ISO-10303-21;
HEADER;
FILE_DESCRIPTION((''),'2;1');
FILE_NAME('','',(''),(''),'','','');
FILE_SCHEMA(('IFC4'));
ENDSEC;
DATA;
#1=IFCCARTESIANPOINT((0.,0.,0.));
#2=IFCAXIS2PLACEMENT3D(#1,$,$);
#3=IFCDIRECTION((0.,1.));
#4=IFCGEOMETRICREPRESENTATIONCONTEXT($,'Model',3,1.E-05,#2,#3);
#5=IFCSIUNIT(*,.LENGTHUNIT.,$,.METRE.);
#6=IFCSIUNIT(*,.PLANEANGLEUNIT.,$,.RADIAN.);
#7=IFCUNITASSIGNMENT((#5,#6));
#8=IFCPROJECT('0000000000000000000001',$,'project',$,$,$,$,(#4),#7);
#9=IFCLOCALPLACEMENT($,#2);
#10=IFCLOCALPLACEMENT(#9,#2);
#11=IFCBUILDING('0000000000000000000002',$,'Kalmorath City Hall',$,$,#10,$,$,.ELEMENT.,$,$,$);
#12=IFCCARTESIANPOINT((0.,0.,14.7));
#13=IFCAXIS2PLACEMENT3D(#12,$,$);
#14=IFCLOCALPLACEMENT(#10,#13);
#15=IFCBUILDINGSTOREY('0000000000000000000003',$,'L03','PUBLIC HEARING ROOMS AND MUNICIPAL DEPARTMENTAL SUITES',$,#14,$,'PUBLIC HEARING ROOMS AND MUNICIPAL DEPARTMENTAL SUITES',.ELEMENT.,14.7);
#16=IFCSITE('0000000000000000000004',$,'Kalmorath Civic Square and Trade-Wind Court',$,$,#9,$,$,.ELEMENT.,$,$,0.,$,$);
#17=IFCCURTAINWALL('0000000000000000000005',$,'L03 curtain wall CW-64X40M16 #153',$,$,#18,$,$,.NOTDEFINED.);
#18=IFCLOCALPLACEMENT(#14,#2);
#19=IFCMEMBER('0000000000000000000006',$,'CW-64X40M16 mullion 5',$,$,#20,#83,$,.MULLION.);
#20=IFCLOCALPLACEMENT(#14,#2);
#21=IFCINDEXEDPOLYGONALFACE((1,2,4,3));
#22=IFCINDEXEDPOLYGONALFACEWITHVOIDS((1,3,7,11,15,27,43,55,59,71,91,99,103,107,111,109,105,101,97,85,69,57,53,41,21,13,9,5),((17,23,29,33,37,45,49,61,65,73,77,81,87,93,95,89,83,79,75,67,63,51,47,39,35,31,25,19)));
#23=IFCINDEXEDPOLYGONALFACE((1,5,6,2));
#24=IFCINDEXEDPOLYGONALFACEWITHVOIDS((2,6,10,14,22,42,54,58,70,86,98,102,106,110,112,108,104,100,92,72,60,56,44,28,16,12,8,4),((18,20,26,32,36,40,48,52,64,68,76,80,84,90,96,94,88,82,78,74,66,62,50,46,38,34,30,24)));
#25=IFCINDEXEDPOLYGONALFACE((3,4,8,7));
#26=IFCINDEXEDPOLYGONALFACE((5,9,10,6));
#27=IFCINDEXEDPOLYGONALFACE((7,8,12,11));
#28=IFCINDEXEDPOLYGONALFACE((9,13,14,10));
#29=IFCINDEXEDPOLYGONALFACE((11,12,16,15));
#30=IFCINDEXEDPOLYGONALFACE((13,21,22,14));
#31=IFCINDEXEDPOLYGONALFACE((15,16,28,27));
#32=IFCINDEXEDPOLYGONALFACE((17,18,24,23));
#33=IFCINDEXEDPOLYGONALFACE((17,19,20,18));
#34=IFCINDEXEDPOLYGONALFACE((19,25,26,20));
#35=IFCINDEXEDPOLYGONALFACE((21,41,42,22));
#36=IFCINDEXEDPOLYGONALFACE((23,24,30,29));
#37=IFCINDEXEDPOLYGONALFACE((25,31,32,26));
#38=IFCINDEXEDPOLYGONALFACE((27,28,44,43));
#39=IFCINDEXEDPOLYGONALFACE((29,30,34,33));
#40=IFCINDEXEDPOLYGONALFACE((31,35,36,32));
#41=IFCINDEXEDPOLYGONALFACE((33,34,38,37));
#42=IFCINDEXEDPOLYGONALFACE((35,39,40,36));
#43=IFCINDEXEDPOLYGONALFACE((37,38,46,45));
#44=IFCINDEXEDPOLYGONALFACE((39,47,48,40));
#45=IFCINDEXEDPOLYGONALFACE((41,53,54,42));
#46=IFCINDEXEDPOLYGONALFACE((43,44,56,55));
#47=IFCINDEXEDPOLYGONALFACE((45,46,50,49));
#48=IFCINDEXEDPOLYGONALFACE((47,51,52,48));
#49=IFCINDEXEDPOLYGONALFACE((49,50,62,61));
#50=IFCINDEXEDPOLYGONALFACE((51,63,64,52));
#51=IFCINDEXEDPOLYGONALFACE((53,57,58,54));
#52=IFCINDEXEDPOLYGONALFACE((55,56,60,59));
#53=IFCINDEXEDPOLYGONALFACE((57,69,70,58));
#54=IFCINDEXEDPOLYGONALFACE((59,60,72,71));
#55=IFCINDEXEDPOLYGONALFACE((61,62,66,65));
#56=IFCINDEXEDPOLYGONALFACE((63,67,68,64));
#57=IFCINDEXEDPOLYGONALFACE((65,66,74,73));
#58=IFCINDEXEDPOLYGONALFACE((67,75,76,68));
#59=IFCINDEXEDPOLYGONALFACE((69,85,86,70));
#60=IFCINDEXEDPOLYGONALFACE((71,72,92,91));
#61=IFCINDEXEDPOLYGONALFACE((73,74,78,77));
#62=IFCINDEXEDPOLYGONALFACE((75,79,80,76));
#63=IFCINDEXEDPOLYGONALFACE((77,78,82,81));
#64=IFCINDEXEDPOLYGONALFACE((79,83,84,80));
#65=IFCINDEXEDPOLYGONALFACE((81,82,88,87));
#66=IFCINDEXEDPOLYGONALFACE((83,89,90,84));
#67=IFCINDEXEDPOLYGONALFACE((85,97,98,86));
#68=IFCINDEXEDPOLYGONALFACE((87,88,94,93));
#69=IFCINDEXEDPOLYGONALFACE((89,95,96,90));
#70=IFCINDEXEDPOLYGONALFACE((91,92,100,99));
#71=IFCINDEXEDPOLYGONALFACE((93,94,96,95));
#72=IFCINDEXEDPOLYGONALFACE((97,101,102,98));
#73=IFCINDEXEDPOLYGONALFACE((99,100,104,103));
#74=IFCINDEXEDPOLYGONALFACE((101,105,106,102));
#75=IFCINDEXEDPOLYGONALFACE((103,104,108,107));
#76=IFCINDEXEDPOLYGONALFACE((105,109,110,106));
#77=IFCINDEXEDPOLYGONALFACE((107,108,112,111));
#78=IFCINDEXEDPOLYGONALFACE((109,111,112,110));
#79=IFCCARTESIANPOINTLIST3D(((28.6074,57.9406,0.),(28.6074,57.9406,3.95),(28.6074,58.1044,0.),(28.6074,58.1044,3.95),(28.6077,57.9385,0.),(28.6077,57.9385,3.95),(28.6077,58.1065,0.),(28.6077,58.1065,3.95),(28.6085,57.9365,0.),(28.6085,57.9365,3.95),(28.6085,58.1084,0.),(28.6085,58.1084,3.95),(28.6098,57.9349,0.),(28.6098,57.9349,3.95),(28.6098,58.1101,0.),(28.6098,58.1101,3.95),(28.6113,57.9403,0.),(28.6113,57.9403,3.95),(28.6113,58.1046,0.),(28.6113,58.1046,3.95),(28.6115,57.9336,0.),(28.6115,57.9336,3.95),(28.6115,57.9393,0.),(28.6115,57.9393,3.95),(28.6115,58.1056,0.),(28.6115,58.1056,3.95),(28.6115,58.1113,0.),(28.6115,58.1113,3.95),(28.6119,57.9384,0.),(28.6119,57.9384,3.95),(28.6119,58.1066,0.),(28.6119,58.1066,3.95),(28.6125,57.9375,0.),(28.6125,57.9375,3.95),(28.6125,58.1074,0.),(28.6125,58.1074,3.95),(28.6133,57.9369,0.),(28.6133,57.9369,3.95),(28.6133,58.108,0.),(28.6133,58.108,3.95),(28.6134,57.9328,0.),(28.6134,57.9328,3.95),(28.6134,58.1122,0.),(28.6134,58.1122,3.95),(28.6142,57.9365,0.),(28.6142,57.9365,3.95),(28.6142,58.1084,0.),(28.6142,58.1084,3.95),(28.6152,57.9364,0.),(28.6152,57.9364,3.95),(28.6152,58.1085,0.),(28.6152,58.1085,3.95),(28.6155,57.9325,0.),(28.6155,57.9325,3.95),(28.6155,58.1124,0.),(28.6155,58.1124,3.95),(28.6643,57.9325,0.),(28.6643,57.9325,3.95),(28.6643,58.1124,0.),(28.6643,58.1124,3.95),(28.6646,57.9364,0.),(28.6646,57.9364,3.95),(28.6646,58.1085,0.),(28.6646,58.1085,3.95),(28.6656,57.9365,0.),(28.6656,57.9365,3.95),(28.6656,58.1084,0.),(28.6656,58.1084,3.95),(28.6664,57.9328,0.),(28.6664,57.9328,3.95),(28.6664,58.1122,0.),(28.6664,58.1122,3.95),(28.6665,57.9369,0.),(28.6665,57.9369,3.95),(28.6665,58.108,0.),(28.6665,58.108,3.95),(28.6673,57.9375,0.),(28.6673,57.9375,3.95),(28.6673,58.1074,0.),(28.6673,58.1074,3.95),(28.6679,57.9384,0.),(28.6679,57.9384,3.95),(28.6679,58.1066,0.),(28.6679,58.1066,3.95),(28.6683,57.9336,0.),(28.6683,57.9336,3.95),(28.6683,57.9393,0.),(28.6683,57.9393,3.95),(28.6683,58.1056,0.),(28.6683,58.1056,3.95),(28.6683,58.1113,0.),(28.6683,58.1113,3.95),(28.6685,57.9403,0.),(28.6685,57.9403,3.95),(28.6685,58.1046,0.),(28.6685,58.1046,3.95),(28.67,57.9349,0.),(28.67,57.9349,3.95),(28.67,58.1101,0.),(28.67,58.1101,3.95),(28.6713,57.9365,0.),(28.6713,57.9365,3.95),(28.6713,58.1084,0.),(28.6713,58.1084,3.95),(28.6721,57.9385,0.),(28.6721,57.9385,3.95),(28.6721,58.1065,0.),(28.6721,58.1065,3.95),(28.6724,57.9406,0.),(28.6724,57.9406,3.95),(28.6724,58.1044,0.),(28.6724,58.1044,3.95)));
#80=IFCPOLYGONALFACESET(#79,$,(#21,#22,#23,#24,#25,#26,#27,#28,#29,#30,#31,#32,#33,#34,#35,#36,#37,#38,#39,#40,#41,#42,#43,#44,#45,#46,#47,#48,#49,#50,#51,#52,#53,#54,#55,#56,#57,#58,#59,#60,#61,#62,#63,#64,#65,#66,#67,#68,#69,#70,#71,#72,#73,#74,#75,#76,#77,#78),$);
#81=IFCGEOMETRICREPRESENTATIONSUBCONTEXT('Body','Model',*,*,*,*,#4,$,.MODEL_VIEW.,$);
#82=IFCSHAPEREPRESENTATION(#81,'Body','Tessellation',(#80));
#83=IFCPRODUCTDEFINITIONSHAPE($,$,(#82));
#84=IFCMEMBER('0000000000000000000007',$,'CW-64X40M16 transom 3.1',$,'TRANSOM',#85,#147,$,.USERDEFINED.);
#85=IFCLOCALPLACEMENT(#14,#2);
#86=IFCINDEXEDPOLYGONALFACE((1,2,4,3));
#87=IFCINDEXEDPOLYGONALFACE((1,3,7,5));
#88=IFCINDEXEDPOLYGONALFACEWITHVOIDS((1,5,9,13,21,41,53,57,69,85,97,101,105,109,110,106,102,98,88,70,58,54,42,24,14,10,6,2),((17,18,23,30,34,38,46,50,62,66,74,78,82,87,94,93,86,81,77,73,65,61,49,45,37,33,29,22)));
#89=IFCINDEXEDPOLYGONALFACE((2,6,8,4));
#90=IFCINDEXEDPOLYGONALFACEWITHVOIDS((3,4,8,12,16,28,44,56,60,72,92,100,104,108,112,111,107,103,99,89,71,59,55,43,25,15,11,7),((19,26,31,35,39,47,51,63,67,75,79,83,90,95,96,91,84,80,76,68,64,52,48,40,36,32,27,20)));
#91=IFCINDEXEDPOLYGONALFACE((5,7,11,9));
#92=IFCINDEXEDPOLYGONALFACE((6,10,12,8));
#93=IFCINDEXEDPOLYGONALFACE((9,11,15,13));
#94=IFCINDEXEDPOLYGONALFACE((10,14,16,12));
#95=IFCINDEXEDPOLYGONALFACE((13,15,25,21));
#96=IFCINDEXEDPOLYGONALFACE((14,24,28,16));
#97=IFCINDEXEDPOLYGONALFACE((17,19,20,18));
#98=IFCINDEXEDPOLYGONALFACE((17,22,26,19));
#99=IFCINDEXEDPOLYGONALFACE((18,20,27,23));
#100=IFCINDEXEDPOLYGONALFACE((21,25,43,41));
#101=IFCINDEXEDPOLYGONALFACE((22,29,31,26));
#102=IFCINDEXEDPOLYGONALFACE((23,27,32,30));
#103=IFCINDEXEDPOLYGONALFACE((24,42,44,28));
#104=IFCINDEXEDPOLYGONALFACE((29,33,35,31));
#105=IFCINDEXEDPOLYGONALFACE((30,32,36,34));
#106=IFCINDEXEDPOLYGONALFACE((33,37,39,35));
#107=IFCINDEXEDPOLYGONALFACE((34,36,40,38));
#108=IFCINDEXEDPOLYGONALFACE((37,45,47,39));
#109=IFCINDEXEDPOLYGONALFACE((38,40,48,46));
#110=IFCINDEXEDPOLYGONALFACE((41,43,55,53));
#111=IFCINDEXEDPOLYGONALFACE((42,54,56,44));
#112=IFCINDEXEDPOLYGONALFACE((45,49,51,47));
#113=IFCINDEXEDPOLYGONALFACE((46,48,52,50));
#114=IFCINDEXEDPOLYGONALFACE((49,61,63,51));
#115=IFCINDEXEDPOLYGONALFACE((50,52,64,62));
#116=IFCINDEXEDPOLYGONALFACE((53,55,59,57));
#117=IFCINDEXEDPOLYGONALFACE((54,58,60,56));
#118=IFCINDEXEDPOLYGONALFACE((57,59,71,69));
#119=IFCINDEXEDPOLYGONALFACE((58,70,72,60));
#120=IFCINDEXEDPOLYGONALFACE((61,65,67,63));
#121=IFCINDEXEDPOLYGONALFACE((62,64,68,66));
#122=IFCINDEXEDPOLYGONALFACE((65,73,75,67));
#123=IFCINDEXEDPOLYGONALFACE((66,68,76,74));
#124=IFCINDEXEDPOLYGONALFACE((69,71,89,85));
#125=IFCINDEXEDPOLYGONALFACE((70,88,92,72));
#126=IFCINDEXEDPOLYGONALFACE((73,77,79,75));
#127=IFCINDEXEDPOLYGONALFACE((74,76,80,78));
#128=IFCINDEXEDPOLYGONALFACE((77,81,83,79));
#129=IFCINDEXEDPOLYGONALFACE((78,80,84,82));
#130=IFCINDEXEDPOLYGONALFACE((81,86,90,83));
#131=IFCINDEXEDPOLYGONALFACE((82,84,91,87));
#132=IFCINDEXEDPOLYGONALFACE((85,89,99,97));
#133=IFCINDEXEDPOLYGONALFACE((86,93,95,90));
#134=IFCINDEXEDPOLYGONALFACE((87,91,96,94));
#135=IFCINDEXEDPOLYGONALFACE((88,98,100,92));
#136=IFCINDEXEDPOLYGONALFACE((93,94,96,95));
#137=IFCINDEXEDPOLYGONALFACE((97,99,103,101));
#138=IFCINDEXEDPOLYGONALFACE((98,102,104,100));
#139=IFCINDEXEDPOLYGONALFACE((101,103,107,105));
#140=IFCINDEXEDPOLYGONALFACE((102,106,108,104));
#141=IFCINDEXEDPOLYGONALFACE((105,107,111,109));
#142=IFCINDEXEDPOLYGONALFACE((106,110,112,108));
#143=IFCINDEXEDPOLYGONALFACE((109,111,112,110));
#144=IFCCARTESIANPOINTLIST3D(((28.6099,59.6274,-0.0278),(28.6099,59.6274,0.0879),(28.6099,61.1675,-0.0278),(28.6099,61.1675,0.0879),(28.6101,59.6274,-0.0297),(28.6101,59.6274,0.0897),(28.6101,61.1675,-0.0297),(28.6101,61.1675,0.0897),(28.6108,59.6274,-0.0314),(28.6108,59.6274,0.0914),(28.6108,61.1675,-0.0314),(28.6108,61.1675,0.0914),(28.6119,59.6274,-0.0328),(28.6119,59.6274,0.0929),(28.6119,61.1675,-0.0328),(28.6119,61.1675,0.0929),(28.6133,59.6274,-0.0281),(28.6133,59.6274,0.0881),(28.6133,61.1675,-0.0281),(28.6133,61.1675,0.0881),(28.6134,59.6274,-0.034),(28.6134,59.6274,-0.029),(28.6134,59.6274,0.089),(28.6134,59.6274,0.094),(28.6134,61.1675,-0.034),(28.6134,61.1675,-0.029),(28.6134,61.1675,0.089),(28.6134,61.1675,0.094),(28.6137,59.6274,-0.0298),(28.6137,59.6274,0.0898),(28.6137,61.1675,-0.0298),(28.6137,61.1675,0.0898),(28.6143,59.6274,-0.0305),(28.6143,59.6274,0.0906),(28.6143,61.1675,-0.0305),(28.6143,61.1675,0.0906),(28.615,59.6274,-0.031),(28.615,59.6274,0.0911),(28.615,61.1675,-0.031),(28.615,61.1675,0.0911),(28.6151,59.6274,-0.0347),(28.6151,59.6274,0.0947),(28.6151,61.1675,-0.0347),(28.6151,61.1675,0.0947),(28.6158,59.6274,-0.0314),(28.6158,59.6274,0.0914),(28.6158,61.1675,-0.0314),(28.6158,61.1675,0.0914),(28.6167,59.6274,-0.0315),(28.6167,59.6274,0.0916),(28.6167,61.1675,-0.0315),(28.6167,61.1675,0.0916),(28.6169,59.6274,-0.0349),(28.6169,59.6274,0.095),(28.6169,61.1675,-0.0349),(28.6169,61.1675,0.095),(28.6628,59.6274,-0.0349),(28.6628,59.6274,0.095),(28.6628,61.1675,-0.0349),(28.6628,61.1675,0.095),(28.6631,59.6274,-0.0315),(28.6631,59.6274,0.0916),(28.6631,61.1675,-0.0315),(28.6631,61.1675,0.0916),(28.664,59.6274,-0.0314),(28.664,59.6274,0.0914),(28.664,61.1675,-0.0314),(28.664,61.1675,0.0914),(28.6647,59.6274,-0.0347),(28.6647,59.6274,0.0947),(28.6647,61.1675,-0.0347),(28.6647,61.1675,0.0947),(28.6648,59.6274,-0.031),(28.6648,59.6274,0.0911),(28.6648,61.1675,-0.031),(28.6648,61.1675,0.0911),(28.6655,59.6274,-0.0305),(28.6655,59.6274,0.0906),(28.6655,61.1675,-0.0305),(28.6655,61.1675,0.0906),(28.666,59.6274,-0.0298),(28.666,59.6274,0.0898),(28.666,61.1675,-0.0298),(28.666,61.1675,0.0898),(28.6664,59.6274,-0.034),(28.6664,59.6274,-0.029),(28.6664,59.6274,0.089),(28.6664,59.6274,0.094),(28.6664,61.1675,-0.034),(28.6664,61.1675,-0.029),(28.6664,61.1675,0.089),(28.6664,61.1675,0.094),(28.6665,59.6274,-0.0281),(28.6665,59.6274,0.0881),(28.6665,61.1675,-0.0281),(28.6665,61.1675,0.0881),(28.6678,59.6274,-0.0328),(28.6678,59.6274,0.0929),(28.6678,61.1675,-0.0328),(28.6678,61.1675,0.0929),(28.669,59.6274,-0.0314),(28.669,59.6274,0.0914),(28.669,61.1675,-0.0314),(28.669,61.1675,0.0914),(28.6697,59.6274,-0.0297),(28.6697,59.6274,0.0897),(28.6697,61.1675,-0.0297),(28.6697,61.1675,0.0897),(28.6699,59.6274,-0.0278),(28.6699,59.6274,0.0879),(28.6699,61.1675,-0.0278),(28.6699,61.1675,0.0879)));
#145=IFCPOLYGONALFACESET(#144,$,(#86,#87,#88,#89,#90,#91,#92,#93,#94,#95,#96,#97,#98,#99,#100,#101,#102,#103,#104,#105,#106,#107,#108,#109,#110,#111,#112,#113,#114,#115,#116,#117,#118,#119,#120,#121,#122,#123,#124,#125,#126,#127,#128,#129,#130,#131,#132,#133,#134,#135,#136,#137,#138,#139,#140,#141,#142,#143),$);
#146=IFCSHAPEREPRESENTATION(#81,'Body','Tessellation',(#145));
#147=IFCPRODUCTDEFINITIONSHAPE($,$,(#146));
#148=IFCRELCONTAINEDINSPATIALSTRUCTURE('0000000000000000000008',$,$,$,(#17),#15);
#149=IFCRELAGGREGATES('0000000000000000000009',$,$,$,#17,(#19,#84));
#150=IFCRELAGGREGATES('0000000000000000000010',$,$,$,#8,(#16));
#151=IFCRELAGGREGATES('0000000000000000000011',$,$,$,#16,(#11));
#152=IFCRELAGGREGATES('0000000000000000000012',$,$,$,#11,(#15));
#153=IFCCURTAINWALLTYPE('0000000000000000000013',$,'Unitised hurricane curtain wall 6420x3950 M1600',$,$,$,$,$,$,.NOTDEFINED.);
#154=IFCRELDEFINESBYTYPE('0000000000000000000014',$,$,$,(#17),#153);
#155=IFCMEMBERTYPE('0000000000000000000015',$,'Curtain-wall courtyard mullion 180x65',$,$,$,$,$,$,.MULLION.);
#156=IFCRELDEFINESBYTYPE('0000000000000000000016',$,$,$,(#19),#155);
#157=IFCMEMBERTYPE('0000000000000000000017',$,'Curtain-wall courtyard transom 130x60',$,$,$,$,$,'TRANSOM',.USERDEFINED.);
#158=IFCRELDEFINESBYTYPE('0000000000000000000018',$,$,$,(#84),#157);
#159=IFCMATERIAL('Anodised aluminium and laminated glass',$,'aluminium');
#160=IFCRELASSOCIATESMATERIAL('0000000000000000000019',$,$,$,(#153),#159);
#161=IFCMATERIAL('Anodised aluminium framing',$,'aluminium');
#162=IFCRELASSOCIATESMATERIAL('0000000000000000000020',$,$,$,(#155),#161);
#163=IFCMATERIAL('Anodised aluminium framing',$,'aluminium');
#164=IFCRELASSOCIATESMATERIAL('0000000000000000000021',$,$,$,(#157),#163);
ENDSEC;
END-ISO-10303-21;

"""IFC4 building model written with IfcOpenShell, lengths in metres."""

from ifc_helpers import new_model, si_unit, direction, frame, origin, origin_2d, place, context, subcontext, project, spatial, hollow_rectangle, extrude, material, material_profile, profile_set, type_object, element, aggregate, save


model = new_model("IFC4")

# Units and contexts
model_context = context("Model", 3, precision=1e-05, world=origin(), true_north=direction((0.0, 1.0)))
body_context = subcontext(model_context, "Body", "Model", "MODEL_VIEW")
ifc_project = project(units=[si_unit("LENGTHUNIT", "METRE"), si_unit("PLANEANGLEUNIT", "RADIAN")], contexts=[model_context])

# Site, building, storey
site_placement = place(None, origin())
site = spatial("IfcSite", under=ifc_project, at=site_placement, Name="Kalmorath Civic Square and Trade-Wind Court", CompositionType="ELEMENT", RefElevation=0.0)
building_placement = place(site_placement, origin())
building = spatial("IfcBuilding", under=site, at=building_placement, Name="Kalmorath City Hall", CompositionType="ELEMENT")
storey_placement = place(building_placement, frame((0.0, 0.0, 14.7)))
storey = spatial("IfcBuildingStorey", under=building, at=storey_placement, Name="L03", Description="PUBLIC HEARING ROOMS AND MUNICIPAL DEPARTMENTAL SUITES", LongName="PUBLIC HEARING ROOMS AND MUNICIPAL DEPARTMENTAL SUITES", CompositionType="ELEMENT", Elevation=14.7)

# Curtain wall, members
ifc_material_1 = material(Name="Anodised aluminium and laminated glass", Category="aluminium")
curtain_wall_type = type_object("IfcCurtainWallType", Name="Unitised hurricane curtain wall 6420x3950 M1600", PredefinedType="NOTDEFINED", material=ifc_material_1)
curtain_wall_placement = place(storey_placement, origin())
curtain_wall = element("IfcCurtainWall", 1, at=curtain_wall_placement, inside=storey, type_object=curtain_wall_type, Name="L03 curtain wall CW-64X40M16 #153", PredefinedType="NOTDEFINED")
ifc_material_2 = material(Name="Anodised aluminium framing", Category="aluminium")
ifc_material_profile_1 = material_profile(ifc_material_2, hollow_rectangle(XDim=0.0649, YDim=0.1799, WallThickness=0.0039, InnerFilletRadius=0.0039, OuterFilletRadius=0.0081, at=origin_2d()), Name="ALU-MUL-180X65X4")
ifc_profile_set_1 = profile_set([ifc_material_profile_1], Name="Anodised aluminium framing")
member_type_1 = type_object("IfcMemberType", Name="Curtain-wall courtyard mullion 180x65", PredefinedType="MULLION", material=ifc_profile_set_1)
member_1_placement = place(storey_placement, frame((28.6399, 58.0225, 0.0), z_axis=(0.0, 0.0, 1.0), x_axis=(1.0, 0.0, 0.0)))
member_1 = element("IfcMember", 2, at=member_1_placement, type_object=member_type_1, Name="CW-64X40M16 mullion 5", PredefinedType="MULLION", context=body_context, shape_type="SweptSolid", body=[
    extrude(hollow_rectangle(XDim=0.0649, YDim=0.1799, WallThickness=0.0039, InnerFilletRadius=0.0039, OuterFilletRadius=0.0081, at=origin_2d()), origin(), (0.0, 0.0, 1.0), 3.95),
])
ifc_material_3 = material(Name="Anodised aluminium framing", Category="aluminium")
ifc_material_profile_2 = material_profile(ifc_material_3, hollow_rectangle(XDim=0.0601, YDim=0.1299, WallThickness=0.0034, InnerFilletRadius=0.0034, OuterFilletRadius=0.0071, at=origin_2d()), Name="ALU-TRN-130X60X3.5")
ifc_profile_set_2 = profile_set([ifc_material_profile_2], Name="Anodised aluminium framing")
member_type_2 = type_object("IfcMemberType", Name="Curtain-wall courtyard transom 130x60", ElementType="TRANSOM", PredefinedType="USERDEFINED", material=ifc_profile_set_2)
member_2_placement = place(storey_placement, frame((28.6399, 61.1675, 0.03), z_axis=(0.0, -1.0, 0.0), x_axis=(1.0, 0.0, 0.0)))
member_2 = element("IfcMember", 3, at=member_2_placement, type_object=member_type_2, Name="CW-64X40M16 transom 3.1", ObjectType="TRANSOM", PredefinedType="USERDEFINED", context=body_context, shape_type="SweptSolid", body=[
    extrude(hollow_rectangle(XDim=0.0601, YDim=0.1299, WallThickness=0.0034, InnerFilletRadius=0.0034, OuterFilletRadius=0.0071, at=origin_2d()), origin(), (0.0, 0.0, 1.0), 1.54),
])

aggregate(curtain_wall, [member_1, member_2])

save(model, "model.ifc")
